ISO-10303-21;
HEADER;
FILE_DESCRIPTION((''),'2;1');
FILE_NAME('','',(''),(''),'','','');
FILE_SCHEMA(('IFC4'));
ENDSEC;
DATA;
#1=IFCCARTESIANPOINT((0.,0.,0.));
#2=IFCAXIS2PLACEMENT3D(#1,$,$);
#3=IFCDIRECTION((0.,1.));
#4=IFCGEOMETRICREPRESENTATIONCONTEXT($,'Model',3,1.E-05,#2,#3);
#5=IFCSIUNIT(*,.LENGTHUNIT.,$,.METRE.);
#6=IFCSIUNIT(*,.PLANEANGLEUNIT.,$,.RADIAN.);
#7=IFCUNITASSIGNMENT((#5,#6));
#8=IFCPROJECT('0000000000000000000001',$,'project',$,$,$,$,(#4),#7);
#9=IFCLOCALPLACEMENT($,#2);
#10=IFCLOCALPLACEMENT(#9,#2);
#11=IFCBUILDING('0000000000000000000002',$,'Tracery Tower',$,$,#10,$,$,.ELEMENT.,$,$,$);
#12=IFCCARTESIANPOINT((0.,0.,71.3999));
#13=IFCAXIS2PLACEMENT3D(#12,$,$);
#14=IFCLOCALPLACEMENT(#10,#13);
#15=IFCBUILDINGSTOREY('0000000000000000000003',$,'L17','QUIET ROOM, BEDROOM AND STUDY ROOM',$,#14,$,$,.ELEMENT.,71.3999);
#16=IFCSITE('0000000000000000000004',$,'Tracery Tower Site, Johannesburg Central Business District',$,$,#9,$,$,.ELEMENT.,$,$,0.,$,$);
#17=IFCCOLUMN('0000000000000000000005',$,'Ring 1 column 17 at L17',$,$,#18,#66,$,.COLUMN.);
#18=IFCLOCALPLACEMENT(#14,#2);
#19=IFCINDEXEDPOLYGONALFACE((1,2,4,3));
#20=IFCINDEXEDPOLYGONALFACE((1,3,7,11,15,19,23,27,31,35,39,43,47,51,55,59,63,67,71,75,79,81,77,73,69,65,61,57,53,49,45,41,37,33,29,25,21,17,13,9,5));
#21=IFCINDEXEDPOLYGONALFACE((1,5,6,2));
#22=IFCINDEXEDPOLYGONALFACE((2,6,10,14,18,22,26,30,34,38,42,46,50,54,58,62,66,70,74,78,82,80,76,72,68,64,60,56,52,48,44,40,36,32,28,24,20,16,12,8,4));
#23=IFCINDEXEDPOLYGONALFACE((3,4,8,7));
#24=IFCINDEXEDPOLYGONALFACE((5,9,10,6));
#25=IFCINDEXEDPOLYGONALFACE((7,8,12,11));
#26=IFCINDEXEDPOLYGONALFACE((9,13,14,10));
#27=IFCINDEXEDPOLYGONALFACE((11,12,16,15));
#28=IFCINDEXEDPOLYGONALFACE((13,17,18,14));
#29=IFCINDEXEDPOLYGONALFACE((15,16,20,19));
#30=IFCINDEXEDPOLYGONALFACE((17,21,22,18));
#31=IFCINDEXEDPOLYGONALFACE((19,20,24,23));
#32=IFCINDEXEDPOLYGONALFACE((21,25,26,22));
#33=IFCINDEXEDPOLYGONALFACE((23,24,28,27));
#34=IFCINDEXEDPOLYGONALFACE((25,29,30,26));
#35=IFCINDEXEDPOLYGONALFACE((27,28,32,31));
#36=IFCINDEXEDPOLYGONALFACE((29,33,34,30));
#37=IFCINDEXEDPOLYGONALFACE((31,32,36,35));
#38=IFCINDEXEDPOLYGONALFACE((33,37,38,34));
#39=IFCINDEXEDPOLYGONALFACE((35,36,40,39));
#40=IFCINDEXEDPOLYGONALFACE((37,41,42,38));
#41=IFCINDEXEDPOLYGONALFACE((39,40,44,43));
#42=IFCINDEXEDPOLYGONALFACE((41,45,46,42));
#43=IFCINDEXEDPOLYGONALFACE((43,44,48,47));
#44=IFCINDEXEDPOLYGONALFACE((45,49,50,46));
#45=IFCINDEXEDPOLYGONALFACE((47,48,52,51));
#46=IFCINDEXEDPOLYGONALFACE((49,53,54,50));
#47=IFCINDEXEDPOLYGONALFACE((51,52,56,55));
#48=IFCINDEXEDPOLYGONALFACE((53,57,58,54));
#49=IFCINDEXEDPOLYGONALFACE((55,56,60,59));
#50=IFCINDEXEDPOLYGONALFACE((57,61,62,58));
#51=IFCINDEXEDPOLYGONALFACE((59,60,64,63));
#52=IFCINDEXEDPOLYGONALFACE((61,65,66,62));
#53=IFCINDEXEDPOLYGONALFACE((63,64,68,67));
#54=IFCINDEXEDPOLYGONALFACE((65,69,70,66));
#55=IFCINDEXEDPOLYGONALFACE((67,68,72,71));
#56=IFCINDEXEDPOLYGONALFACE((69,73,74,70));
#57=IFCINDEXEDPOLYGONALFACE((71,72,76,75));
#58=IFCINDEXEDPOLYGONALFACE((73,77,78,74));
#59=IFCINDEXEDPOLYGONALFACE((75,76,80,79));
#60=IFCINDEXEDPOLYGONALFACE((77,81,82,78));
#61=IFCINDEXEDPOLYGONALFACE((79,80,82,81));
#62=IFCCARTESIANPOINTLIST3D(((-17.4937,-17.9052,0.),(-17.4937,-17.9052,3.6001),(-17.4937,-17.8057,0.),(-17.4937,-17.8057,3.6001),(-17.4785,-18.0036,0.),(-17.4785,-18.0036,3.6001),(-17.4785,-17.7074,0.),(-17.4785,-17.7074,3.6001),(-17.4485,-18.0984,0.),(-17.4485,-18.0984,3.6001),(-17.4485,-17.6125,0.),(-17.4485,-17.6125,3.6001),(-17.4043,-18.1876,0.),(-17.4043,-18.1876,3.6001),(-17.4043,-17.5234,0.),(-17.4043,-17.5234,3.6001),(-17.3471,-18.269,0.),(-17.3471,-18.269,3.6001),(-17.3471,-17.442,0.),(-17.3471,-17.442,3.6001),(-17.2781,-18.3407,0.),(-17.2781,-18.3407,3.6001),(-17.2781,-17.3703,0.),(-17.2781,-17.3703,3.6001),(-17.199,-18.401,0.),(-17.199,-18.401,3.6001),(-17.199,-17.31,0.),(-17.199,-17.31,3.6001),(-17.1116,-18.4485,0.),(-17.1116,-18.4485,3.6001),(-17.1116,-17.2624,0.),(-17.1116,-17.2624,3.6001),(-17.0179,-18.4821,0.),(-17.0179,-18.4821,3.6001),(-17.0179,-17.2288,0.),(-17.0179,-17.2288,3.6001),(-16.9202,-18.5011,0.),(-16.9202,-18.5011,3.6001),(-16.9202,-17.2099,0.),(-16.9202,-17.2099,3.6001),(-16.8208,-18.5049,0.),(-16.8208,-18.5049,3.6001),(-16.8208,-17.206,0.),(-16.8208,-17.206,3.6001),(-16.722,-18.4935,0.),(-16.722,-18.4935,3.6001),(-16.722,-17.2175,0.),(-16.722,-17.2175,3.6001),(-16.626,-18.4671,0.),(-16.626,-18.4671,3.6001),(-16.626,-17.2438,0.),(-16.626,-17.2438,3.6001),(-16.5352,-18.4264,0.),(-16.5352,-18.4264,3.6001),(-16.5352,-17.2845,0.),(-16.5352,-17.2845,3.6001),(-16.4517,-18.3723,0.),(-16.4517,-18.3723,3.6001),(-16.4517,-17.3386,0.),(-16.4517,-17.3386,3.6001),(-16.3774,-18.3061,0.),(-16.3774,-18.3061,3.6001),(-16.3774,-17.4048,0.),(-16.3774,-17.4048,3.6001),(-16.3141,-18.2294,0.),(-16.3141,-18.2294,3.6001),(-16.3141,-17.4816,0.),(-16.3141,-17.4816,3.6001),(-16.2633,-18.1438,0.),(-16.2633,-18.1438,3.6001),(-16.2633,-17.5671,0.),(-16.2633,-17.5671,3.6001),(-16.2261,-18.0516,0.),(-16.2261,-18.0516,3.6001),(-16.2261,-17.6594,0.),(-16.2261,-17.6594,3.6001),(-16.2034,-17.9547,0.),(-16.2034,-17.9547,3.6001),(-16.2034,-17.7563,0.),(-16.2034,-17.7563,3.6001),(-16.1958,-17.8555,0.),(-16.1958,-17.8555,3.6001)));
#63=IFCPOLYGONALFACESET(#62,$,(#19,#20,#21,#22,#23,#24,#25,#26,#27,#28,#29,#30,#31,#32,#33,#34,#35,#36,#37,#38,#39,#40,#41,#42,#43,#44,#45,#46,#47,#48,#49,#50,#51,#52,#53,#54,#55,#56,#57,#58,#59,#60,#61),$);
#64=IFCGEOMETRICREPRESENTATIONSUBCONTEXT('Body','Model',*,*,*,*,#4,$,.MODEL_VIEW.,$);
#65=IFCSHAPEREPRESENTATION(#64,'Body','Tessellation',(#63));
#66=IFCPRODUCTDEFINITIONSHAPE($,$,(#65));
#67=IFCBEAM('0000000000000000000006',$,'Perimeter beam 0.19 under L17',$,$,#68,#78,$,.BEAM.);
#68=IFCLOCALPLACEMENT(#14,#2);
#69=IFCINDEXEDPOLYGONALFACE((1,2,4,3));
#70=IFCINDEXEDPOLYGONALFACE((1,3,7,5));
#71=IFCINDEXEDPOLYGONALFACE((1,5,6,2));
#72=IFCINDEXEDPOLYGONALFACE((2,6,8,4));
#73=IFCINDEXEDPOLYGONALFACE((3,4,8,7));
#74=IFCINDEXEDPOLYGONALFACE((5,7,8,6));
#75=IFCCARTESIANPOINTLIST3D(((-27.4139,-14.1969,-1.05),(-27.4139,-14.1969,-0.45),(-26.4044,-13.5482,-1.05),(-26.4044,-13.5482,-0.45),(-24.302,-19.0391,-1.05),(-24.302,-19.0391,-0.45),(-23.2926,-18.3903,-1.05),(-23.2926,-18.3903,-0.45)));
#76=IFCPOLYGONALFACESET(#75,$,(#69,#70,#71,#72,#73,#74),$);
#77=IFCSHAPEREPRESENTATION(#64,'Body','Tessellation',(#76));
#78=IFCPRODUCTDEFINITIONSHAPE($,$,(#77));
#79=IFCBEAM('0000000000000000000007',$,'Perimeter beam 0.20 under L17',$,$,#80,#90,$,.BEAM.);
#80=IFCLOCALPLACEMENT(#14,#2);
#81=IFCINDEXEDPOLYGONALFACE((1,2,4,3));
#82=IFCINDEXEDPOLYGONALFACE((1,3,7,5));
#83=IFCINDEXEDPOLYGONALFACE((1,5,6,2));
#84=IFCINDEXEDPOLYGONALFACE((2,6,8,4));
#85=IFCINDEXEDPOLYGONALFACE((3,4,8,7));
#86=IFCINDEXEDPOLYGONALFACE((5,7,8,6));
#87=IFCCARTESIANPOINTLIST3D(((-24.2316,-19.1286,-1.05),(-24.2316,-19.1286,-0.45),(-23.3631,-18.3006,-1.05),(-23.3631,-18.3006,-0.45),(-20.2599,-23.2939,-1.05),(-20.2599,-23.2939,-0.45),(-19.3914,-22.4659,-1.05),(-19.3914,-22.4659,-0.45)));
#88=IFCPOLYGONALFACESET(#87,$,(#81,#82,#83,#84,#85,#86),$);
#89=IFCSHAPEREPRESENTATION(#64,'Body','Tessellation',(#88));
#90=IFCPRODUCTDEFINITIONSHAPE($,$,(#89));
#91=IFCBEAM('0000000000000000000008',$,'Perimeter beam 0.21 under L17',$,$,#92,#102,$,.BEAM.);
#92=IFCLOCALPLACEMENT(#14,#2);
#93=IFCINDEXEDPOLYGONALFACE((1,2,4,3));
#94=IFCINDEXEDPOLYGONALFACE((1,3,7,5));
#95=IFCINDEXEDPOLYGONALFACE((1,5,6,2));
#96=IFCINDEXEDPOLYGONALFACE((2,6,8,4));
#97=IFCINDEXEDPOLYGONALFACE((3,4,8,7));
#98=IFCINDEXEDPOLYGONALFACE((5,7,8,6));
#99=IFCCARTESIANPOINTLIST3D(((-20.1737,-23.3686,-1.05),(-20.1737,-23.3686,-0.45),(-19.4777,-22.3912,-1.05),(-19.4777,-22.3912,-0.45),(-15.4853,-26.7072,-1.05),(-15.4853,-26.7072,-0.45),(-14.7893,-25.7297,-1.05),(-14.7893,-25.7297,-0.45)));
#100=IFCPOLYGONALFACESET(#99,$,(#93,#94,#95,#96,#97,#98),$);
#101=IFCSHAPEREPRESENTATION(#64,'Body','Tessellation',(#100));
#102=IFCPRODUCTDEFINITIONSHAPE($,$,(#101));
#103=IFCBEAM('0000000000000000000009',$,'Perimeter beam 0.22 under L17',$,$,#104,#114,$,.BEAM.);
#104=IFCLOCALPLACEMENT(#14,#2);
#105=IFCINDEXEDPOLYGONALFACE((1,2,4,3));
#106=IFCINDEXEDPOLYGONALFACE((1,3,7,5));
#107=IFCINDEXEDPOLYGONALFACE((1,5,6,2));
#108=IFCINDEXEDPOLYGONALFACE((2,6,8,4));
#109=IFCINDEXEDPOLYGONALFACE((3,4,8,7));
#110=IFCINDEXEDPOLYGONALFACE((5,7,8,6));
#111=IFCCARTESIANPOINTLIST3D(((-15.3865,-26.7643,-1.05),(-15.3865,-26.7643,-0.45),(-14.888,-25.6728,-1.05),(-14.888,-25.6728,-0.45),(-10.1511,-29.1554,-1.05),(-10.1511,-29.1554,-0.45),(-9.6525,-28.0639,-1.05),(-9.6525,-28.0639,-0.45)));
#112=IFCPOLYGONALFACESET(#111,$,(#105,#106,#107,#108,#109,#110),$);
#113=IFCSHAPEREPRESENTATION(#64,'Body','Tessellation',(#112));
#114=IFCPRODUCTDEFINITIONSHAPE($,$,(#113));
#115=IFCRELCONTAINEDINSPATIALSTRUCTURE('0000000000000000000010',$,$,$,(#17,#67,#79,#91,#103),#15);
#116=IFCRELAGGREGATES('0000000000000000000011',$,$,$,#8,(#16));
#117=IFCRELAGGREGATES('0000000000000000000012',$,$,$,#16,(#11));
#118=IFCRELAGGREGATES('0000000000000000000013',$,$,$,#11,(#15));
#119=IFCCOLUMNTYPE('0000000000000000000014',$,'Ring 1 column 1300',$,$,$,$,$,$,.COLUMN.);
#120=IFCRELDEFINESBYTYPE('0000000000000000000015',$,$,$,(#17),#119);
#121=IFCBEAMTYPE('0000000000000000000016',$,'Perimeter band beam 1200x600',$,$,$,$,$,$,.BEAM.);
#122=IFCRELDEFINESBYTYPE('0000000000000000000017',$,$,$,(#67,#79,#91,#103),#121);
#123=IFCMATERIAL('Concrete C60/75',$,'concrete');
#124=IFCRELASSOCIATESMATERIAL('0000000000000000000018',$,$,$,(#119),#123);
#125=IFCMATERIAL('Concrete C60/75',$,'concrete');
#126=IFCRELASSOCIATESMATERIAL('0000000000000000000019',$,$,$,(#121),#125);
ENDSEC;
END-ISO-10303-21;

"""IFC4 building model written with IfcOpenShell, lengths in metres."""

from ifc_helpers import new_model, si_unit, direction, frame, origin, origin_2d, place, context, subcontext, project, spatial, rectangle, circle, extrude, material, material_profile, profile_set, type_object, element, save


model = new_model("IFC4")

# Units and contexts
model_context = context("Model", 3, precision=1e-05, world=origin(), true_north=direction((0.0, 1.0)))
body_context = subcontext(model_context, "Body", "Model", "MODEL_VIEW")
ifc_project = project(units=[si_unit("LENGTHUNIT", "METRE"), si_unit("PLANEANGLEUNIT", "RADIAN")], contexts=[model_context])

# Site, building, storey
site_placement = place(None, origin())
site = spatial("IfcSite", under=ifc_project, at=site_placement, Name="Tracery Tower Site, Johannesburg Central Business District", CompositionType="ELEMENT", RefElevation=0.0)
building_placement = place(site_placement, origin())
building = spatial("IfcBuilding", under=site, at=building_placement, Name="Tracery Tower", CompositionType="ELEMENT")
storey_placement = place(building_placement, frame((0.0, 0.0, 71.3999)))
storey = spatial("IfcBuildingStorey", under=building, at=storey_placement, Name="L17", Description="QUIET ROOM, BEDROOM AND STUDY ROOM", CompositionType="ELEMENT", Elevation=71.3999)

# Column
ifc_material_1 = material(Name="Concrete C60/75", Category="concrete")
ifc_material_profile_1 = material_profile(ifc_material_1, circle(Radius=0.6499, at=origin_2d()), Name="RC D1300")
ifc_profile_set_1 = profile_set([ifc_material_profile_1], Name="Concrete C60/75")
column_type_1 = type_object("IfcColumnType", Name="Ring 1 column 1300", PredefinedType="COLUMN", material=ifc_profile_set_1)
column_placement = place(storey_placement, frame((-16.8457, -17.8555, 0.0), z_axis=(0.0, 0.0, 1.0), x_axis=(1.0, 0.0, 0.0)))
element("IfcColumn", 1, at=column_placement, inside=storey, type_object=column_type_1, Name="Ring 1 column 17 at L17", PredefinedType="COLUMN", context=body_context, shape_type="SweptSolid", body=[
    extrude(circle(Radius=0.6499, at=origin_2d()), origin(), (0.0, 0.0, 1.0), 3.6001),
])

# Beams
ifc_material_2 = material(Name="Concrete C60/75", Category="concrete")
ifc_material_profile_2 = material_profile(ifc_material_2, rectangle(XDim=1.2, YDim=0.6001, at=origin_2d()), Name="RC 1200x600")
ifc_profile_set_2 = profile_set([ifc_material_profile_2], Name="Concrete C60/75")
beam_type = type_object("IfcBeamType", Name="Perimeter band beam 1200x600", PredefinedType="BEAM", material=ifc_profile_set_2)
beam_1_placement = place(storey_placement, frame((-26.9092, -13.8726, -0.75), z_axis=(0.540644, -0.841252, 0.0), x_axis=(0.841252, 0.540644, 0.0)))
element("IfcBeam", 2, at=beam_1_placement, inside=storey, type_object=beam_type, Name="Perimeter beam 0.19 under L17", PredefinedType="BEAM", context=body_context, shape_type="SweptSolid", body=[
    extrude(rectangle(XDim=1.2, YDim=0.6001, at=origin_2d()), origin(), (0.0, 0.0, 1.0), 5.7559),
])
beam_2_placement = place(storey_placement, frame((-23.7974, -18.7146, -0.75), z_axis=(0.690087, -0.723726, 0.0), x_axis=(0.723726, 0.690087, 0.0)))
element("IfcBeam", 3, at=beam_2_placement, inside=storey, type_object=beam_type, Name="Perimeter beam 0.20 under L17", PredefinedType="BEAM", context=body_context, shape_type="SweptSolid", body=[
    extrude(rectangle(XDim=1.2, YDim=0.6001, at=origin_2d()), origin(), (0.0, 0.0, 1.0), 5.7554),
])
for number, where, z_axis, x_axis, name in (
    (4, (-19.8257, -22.8799, -0.75), (0.814578, -0.580054, 0.0), (0.580054, 0.814578, 0.0), "Perimeter beam 0.21 under L17"),
    (5, (-15.1372, -26.2185, -0.75), (0.909618, -0.415445, 0.0), (0.415445, 0.909618, 0.0), "Perimeter beam 0.22 under L17"),
):
    element("IfcBeam", number, at=place(storey_placement, frame(where, z_axis=z_axis, x_axis=x_axis)), inside=storey, type_object=beam_type, Name=name, PredefinedType="BEAM", context=body_context, shape_type="SweptSolid", body=[
        extrude(rectangle(XDim=1.2, YDim=0.6001, at=origin_2d()), origin(), (0.0, 0.0, 1.0), 5.7556),
    ])

save(model, "model.ifc")
